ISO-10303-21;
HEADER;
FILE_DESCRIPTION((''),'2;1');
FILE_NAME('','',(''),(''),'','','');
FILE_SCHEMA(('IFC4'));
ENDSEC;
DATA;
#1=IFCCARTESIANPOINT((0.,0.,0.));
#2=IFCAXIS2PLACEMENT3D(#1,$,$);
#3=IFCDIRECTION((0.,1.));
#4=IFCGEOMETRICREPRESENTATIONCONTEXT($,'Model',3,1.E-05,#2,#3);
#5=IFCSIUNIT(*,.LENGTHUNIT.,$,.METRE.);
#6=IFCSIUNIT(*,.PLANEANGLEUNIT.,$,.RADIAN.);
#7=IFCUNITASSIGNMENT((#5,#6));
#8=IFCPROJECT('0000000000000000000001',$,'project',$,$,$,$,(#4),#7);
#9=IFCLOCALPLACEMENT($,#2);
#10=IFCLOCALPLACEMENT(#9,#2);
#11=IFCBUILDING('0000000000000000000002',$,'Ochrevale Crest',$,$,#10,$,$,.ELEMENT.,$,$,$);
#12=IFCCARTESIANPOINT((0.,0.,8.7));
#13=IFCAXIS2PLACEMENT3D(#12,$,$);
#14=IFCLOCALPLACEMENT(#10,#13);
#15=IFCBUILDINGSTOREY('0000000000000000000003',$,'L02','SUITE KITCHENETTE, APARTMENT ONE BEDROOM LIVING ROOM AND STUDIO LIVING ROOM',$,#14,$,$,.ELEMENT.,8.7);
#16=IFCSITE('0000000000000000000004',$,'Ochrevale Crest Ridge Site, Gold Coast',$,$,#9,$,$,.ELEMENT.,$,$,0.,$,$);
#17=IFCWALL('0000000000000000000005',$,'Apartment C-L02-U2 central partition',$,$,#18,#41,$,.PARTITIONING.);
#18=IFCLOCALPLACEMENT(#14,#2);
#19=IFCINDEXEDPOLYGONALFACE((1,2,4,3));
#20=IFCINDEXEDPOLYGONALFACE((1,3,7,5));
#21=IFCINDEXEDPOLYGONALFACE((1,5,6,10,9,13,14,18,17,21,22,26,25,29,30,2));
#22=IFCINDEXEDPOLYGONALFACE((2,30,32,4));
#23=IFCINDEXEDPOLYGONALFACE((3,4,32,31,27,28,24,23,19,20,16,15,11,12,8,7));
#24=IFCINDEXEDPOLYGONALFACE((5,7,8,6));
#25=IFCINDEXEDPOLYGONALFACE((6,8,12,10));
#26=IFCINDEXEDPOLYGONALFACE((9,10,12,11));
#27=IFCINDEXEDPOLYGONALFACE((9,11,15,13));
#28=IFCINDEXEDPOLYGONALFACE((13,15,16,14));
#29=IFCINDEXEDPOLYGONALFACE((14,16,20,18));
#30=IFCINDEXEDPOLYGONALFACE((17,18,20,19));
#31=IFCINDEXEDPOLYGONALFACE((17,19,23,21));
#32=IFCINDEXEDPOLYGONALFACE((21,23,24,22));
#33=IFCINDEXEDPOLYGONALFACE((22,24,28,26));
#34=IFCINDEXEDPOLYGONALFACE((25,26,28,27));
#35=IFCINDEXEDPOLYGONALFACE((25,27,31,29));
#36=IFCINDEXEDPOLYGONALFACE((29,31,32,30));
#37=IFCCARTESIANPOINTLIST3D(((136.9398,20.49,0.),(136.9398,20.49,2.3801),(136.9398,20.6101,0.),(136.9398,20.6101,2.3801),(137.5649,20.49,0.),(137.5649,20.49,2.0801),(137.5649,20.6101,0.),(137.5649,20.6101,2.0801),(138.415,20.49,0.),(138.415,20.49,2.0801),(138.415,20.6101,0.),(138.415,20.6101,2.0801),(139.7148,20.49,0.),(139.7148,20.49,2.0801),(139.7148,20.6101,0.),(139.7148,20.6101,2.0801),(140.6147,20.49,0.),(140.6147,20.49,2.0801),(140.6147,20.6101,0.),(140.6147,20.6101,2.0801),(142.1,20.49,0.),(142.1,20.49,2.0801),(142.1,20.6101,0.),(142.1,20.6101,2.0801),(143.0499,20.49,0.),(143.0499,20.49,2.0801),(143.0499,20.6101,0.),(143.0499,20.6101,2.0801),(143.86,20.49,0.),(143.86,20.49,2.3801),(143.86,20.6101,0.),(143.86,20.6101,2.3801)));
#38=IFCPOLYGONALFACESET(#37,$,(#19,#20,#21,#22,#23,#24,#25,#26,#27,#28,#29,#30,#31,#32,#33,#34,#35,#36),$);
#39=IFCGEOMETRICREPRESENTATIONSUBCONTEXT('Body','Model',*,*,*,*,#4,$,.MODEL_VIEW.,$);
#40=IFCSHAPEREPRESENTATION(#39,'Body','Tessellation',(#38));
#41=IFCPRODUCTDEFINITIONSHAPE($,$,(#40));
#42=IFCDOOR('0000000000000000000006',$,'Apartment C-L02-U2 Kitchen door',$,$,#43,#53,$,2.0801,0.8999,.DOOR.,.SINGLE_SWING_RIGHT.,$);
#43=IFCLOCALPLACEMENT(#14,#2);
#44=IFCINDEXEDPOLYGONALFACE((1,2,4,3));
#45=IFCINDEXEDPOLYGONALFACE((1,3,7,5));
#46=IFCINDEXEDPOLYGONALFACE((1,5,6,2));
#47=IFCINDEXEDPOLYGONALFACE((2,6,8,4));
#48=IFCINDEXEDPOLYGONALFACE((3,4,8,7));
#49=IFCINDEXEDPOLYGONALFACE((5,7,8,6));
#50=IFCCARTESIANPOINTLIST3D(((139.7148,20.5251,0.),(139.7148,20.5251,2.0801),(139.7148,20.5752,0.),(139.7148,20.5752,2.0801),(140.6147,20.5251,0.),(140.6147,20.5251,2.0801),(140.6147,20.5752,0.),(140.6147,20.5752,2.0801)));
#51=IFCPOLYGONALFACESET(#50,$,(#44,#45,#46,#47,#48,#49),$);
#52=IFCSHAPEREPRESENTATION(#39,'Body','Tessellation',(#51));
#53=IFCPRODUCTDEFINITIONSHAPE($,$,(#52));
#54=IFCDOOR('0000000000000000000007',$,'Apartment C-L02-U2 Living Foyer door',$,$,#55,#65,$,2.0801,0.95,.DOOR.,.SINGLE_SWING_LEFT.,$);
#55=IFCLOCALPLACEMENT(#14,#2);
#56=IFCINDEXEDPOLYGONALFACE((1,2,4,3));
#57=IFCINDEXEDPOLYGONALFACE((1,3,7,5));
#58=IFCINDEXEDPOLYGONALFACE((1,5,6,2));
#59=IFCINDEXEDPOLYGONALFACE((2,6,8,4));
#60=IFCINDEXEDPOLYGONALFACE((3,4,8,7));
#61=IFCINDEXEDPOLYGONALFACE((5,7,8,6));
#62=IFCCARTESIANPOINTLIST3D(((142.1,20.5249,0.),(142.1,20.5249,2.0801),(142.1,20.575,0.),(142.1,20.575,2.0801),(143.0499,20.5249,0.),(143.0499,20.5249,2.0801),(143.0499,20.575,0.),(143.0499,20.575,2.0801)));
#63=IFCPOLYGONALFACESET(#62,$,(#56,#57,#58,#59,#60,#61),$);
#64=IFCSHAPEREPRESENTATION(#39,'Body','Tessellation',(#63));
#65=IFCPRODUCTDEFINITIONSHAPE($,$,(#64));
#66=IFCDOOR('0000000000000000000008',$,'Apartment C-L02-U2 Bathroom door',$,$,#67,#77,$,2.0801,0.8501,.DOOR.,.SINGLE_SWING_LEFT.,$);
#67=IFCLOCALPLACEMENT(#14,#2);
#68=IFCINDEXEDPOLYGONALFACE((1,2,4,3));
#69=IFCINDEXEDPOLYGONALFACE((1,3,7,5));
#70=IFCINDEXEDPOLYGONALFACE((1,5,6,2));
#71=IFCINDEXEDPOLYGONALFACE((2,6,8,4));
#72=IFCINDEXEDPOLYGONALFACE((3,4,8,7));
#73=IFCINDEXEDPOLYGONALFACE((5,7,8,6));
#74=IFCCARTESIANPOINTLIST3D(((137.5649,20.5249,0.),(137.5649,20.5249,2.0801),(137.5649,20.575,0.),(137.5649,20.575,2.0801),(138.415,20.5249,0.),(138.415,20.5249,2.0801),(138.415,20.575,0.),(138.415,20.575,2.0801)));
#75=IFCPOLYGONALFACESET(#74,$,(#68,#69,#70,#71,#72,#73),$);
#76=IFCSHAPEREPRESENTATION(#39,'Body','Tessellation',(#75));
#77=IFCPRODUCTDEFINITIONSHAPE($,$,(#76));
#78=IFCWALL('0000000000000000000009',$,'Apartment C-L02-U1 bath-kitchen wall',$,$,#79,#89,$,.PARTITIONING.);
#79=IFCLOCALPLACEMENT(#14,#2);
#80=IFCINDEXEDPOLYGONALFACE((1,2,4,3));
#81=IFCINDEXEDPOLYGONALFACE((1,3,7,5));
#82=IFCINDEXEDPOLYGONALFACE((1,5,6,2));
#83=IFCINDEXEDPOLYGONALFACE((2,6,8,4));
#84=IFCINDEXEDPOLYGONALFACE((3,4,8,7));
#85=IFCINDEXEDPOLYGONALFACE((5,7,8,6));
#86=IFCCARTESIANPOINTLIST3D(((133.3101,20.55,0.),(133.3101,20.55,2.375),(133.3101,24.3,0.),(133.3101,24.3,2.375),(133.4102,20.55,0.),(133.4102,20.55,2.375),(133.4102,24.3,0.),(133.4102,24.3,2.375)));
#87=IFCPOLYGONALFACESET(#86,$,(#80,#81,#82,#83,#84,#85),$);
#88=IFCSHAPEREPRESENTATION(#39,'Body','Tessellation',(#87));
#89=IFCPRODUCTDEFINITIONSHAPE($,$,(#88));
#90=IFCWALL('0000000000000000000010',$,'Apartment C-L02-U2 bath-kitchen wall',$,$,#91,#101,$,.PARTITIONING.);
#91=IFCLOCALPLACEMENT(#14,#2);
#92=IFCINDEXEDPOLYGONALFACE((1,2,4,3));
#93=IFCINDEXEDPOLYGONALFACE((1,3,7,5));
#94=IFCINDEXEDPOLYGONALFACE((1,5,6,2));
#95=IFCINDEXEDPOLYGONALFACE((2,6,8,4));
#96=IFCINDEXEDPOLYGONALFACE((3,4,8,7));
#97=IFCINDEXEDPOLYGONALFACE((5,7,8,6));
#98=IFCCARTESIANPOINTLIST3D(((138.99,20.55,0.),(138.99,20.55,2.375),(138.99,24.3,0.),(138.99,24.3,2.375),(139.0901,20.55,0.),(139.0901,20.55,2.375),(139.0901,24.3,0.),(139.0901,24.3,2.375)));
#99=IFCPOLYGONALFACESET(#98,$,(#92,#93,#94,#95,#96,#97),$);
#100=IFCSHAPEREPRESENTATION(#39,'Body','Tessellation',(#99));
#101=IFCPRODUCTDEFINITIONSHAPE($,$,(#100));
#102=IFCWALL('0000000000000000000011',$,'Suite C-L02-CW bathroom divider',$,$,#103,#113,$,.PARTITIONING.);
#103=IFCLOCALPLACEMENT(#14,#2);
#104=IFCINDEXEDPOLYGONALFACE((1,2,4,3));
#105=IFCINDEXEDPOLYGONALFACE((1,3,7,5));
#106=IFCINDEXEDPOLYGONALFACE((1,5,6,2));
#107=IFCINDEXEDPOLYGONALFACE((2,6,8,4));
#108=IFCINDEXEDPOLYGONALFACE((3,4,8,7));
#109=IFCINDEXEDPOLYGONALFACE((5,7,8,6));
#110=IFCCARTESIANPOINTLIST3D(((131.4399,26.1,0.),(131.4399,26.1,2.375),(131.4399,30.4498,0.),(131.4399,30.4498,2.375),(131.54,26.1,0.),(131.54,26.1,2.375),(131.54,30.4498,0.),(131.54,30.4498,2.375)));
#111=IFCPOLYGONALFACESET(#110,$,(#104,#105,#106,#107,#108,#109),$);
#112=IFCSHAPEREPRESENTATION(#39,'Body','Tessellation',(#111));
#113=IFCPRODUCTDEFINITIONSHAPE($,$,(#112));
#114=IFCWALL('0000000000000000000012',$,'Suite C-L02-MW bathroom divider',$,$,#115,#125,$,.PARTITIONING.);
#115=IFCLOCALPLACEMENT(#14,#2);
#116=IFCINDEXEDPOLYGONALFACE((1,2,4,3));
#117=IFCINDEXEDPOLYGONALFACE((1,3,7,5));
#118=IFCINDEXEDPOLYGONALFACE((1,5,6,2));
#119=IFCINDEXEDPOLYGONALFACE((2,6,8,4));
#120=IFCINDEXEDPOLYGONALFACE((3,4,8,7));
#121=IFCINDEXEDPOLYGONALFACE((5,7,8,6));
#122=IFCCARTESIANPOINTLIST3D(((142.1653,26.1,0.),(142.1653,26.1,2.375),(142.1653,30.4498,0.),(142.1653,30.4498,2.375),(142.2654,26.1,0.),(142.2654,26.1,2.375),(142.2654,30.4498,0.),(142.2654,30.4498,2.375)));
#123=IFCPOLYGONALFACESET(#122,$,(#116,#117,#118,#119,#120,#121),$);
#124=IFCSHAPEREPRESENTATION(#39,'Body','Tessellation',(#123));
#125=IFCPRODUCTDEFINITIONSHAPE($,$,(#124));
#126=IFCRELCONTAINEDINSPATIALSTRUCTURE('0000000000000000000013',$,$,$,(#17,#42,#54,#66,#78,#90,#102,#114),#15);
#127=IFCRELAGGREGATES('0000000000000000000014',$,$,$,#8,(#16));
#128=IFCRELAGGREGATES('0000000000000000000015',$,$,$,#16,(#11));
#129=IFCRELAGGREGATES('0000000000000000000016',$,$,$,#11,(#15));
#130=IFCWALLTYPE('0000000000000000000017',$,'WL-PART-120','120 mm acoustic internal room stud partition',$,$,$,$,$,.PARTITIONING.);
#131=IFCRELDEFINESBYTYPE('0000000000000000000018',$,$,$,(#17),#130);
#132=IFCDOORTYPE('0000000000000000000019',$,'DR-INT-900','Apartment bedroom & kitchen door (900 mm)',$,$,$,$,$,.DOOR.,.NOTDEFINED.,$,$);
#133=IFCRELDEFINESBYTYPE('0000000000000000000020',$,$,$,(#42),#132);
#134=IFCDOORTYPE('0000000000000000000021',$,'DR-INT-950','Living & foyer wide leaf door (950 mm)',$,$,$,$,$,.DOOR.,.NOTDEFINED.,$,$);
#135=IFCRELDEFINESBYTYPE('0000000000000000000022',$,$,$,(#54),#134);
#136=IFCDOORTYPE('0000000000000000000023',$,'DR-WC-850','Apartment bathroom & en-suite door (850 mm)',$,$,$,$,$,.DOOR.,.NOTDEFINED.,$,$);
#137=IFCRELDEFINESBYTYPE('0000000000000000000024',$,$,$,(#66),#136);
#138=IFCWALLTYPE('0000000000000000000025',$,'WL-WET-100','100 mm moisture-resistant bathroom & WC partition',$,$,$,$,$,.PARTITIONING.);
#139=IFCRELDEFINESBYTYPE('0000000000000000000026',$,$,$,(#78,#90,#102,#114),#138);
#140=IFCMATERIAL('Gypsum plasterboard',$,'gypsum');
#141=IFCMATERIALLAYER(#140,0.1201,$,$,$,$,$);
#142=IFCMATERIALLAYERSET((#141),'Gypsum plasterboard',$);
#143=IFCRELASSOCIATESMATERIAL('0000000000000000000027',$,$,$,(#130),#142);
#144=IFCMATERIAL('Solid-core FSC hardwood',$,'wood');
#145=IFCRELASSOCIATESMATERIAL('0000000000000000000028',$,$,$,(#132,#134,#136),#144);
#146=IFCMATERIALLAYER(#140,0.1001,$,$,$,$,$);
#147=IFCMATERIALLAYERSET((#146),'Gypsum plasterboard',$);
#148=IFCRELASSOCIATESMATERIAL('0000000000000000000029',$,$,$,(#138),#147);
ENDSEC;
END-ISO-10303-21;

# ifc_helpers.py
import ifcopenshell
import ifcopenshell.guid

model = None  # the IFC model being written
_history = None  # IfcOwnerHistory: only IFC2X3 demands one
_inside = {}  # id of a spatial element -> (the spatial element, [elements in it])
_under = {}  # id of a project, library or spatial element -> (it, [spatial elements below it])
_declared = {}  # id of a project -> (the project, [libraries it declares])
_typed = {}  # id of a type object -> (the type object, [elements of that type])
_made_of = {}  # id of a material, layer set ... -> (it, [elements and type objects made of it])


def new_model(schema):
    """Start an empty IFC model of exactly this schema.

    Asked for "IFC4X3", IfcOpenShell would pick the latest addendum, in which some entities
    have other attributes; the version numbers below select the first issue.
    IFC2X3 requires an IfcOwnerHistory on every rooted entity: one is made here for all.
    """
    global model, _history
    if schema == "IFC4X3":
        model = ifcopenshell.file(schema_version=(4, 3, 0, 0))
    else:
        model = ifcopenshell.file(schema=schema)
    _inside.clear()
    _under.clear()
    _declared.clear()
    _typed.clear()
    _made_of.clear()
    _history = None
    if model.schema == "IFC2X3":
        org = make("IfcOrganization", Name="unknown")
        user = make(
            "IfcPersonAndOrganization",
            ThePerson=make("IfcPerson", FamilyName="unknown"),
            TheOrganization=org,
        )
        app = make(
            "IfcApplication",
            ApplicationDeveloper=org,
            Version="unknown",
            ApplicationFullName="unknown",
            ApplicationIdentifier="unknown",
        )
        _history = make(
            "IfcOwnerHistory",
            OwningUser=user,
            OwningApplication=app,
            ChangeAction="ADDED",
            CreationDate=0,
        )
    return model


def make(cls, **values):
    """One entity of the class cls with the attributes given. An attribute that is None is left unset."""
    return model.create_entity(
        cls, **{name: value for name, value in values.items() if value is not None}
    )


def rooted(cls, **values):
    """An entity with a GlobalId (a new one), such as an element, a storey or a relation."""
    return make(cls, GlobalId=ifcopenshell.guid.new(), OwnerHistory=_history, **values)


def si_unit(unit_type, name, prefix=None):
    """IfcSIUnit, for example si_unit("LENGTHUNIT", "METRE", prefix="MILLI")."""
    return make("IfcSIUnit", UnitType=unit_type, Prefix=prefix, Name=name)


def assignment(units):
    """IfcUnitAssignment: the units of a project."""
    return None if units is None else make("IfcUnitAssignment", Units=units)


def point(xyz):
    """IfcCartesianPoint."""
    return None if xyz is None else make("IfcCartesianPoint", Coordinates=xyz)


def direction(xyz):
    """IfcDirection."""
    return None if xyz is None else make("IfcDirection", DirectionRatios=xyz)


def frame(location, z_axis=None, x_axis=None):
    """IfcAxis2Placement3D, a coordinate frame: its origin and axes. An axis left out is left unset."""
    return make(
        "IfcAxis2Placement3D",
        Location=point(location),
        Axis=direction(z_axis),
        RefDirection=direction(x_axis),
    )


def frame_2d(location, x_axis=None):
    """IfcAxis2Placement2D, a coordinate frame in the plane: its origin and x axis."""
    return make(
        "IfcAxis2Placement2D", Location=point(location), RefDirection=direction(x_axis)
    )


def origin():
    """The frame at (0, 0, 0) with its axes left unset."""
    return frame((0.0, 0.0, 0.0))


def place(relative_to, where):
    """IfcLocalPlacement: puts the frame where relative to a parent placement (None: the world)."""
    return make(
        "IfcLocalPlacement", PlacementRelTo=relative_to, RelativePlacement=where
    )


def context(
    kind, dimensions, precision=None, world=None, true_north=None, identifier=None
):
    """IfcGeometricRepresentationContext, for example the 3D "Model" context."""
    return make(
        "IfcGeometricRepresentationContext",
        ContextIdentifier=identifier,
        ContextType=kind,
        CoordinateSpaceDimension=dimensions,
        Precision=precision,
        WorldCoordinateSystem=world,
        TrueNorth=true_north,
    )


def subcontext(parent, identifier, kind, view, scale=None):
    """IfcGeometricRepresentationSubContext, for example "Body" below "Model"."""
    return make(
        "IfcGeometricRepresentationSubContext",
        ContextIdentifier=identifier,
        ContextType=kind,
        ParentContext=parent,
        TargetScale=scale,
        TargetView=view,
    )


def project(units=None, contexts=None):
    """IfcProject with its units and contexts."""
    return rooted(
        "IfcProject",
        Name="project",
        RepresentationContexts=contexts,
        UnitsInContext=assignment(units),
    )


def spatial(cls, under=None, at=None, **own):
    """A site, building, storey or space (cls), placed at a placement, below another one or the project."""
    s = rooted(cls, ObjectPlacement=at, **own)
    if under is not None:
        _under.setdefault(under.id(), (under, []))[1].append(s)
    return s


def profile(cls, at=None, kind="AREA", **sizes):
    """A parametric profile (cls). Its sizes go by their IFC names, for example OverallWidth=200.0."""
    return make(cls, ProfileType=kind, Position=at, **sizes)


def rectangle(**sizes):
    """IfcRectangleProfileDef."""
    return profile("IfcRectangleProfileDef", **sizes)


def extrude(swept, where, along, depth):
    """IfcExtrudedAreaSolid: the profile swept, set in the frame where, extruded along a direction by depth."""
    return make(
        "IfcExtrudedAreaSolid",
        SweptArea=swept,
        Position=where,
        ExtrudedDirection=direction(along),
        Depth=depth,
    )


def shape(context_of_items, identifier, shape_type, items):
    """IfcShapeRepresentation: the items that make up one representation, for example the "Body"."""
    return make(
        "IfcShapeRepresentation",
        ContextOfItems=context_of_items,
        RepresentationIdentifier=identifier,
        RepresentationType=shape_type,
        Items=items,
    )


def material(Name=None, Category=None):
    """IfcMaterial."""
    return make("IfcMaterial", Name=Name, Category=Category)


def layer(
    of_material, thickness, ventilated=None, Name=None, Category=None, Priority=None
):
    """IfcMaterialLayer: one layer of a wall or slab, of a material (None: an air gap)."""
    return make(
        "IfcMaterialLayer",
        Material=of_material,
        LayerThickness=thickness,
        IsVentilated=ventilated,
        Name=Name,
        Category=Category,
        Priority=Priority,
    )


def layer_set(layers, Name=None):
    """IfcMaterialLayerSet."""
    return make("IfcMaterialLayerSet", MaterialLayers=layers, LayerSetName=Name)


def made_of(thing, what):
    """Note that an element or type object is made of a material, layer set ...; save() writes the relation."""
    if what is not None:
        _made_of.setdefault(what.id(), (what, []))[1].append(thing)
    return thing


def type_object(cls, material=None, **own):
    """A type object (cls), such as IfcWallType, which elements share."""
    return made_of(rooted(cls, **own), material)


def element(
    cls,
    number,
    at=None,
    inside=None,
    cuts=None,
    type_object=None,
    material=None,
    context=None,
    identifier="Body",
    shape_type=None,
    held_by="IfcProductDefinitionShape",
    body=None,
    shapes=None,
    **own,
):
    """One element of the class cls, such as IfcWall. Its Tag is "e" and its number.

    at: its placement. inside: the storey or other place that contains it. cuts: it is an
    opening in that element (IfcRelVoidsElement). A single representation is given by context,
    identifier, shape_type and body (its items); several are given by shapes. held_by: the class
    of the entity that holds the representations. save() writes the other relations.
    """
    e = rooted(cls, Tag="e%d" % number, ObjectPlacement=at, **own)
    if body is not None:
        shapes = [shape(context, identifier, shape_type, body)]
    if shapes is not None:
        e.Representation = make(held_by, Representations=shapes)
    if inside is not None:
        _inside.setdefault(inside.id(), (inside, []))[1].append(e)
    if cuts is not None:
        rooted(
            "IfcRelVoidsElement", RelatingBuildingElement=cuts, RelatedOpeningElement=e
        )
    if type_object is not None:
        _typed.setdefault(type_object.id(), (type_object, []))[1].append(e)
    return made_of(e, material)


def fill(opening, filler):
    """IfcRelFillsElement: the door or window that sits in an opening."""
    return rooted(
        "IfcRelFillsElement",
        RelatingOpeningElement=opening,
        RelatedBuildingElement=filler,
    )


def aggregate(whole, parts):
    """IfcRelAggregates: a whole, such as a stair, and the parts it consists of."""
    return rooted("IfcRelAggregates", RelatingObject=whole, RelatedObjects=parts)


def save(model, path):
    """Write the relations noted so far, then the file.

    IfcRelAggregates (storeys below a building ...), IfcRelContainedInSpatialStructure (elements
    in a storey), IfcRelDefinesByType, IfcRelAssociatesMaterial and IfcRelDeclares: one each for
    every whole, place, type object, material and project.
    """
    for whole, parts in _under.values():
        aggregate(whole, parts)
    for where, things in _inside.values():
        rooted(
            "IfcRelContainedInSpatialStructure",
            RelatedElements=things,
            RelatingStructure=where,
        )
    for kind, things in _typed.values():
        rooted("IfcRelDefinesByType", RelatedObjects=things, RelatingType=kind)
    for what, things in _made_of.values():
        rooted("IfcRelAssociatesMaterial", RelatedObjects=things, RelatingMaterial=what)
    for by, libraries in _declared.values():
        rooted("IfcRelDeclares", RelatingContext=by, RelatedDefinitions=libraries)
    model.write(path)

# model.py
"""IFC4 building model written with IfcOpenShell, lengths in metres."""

from ifc_helpers import new_model, si_unit, direction, frame, frame_2d, origin, place, context, subcontext, project, spatial, rectangle, extrude, material, layer, layer_set, type_object, element, fill, save


model = new_model("IFC4")

# Units and contexts
model_context = context("Model", 3, precision=1e-05, world=origin(), true_north=direction((0.0, 1.0)))
body_context = subcontext(model_context, "Body", "Model", "MODEL_VIEW")
ifc_project = project(units=[si_unit("LENGTHUNIT", "METRE"), si_unit("PLANEANGLEUNIT", "RADIAN")], contexts=[model_context])

# Site, building, storey
site_placement = place(None, origin())
site = spatial("IfcSite", under=ifc_project, at=site_placement, Name="Ochrevale Crest Ridge Site, Gold Coast", CompositionType="ELEMENT", RefElevation=0.0)
building_placement = place(site_placement, origin())
building = spatial("IfcBuilding", under=site, at=building_placement, Name="Ochrevale Crest", CompositionType="ELEMENT")
storey_placement = place(building_placement, frame((0.0, 0.0, 8.7)))
storey = spatial("IfcBuildingStorey", under=building, at=storey_placement, Name="L02", Description="SUITE KITCHENETTE, APARTMENT ONE BEDROOM LIVING ROOM AND STUDIO LIVING ROOM", CompositionType="ELEMENT", Elevation=8.7)

# Shared definitions
ifc_material_1 = material(Name="Gypsum plasterboard", Category="gypsum")
ifc_material_2 = material(Name="Solid-core FSC hardwood", Category="wood")

# Shared definitions
ifc_layer_1 = layer(ifc_material_1, 0.1201)
ifc_layer_set_1 = layer_set([ifc_layer_1], Name="Gypsum plasterboard")
wall_type_1 = type_object("IfcWallType", Name="WL-PART-120", Description="120 mm acoustic internal room stud partition", PredefinedType="PARTITIONING", material=ifc_layer_set_1)

# Wall, openings, doors
wall_1_placement = place(storey_placement, frame((136.9399, 20.55, 0.0), z_axis=(0.0, 0.0, 1.0), x_axis=(1.0, 0.0, 0.0)))
wall_1 = element("IfcWall", 1, at=wall_1_placement, inside=storey, type_object=wall_type_1, Name="Apartment C-L02-U2 central partition", PredefinedType="PARTITIONING", context=body_context, shape_type="SweptSolid", body=[
    extrude(rectangle(XDim=6.9202, YDim=0.1201, at=frame_2d((3.46, 0.0))), origin(), (0.0, 0.0, 1.0), 2.3801),
])
opening_1_placement = place(wall_1_placement, frame((0.625, 0.0, 0.0)))
opening_1 = element("IfcOpeningElement", 2, at=opening_1_placement, cuts=wall_1, PredefinedType="OPENING", context=body_context, shape_type="SweptSolid", body=[
    extrude(rectangle(XDim=0.8501, YDim=2.0801, at=frame_2d((0.425, 1.04))), frame((0.0, 0.0701, 0.0), z_axis=(0.0, -1.0, 0.0), x_axis=(1.0, 0.0, 0.0)), (0.0, 0.0, 1.0), 0.1401),
])
opening_2_placement = place(wall_1_placement, frame((3.6748, 0.0, 0.0), z_axis=(0.0, 0.0, 1.0), x_axis=(-1.0, 0.0, 0.0)))
opening_2 = element("IfcOpeningElement", 3, at=opening_2_placement, cuts=wall_1, PredefinedType="OPENING", context=body_context, shape_type="SweptSolid", body=[
    extrude(rectangle(XDim=0.8999, YDim=2.0801, at=frame_2d((0.45, 1.04))), frame((0.0, 0.0701, 0.0), z_axis=(0.0, -1.0, 0.0), x_axis=(1.0, 0.0, 0.0)), (0.0, 0.0, 1.0), 0.1401),
])
opening_3_placement = place(wall_1_placement, frame((5.1599, 0.0, 0.0)))
opening_3 = element("IfcOpeningElement", 4, at=opening_3_placement, cuts=wall_1, PredefinedType="OPENING", context=body_context, shape_type="SweptSolid", body=[
    extrude(rectangle(XDim=0.95, YDim=2.0801, at=frame_2d((0.4751, 1.04))), frame((0.0, 0.0701, 0.0), z_axis=(0.0, -1.0, 0.0), x_axis=(1.0, 0.0, 0.0)), (0.0, 0.0, 1.0), 0.1401),
])
door_type_1 = type_object("IfcDoorType", Name="DR-INT-900", Description="Apartment bedroom & kitchen door (900 mm)", OperationType="NOTDEFINED", PredefinedType="DOOR", material=ifc_material_2)
door_1_placement = place(opening_2_placement, origin())
door_1 = element("IfcDoor", 5, at=door_1_placement, inside=storey, type_object=door_type_1, Name="Apartment C-L02-U2 Kitchen door", OperationType="SINGLE_SWING_RIGHT", OverallHeight=2.0801, OverallWidth=0.8999, PredefinedType="DOOR", context=body_context, shape_type="SweptSolid", body=[
    extrude(rectangle(XDim=0.8999, YDim=2.0801, at=frame_2d((0.45, 1.04))), frame((0.0, 0.0249, 0.0), z_axis=(0.0, -1.0, 0.0), x_axis=(1.0, 0.0, 0.0)), (0.0, 0.0, 1.0), 0.05),
])
fill(opening_2, door_1)
door_type_2 = type_object("IfcDoorType", Name="DR-INT-950", Description="Living & foyer wide leaf door (950 mm)", OperationType="NOTDEFINED", PredefinedType="DOOR", material=ifc_material_2)
door_2_placement = place(opening_3_placement, origin())
door_2 = element("IfcDoor", 6, at=door_2_placement, inside=storey, type_object=door_type_2, Name="Apartment C-L02-U2 Living Foyer door", OperationType="SINGLE_SWING_LEFT", OverallHeight=2.0801, OverallWidth=0.95, PredefinedType="DOOR", context=body_context, shape_type="SweptSolid", body=[
    extrude(rectangle(XDim=0.95, YDim=2.0801, at=frame_2d((0.4751, 1.04))), frame((0.0, 0.0249, 0.0), z_axis=(0.0, -1.0, 0.0), x_axis=(1.0, 0.0, 0.0)), (0.0, 0.0, 1.0), 0.05),
])
fill(opening_3, door_2)
door_type_3 = type_object("IfcDoorType", Name="DR-WC-850", Description="Apartment bathroom & en-suite door (850 mm)", OperationType="NOTDEFINED", PredefinedType="DOOR", material=ifc_material_2)
door_3_placement = place(opening_1_placement, origin())
door_3 = element("IfcDoor", 7, at=door_3_placement, inside=storey, type_object=door_type_3, Name="Apartment C-L02-U2 Bathroom door", OperationType="SINGLE_SWING_LEFT", OverallHeight=2.0801, OverallWidth=0.8501, PredefinedType="DOOR", context=body_context, shape_type="SweptSolid", body=[
    extrude(rectangle(XDim=0.8501, YDim=2.0801, at=frame_2d((0.425, 1.04))), frame((0.0, 0.0249, 0.0), z_axis=(0.0, -1.0, 0.0), x_axis=(1.0, 0.0, 0.0)), (0.0, 0.0, 1.0), 0.05),
])
fill(opening_1, door_3)

# Walls
ifc_layer_2 = layer(ifc_material_1, 0.1001)
ifc_layer_set_2 = layer_set([ifc_layer_2], Name="Gypsum plasterboard")
wall_type_2 = type_object("IfcWallType", Name="WL-WET-100", Description="100 mm moisture-resistant bathroom & WC partition", PredefinedType="PARTITIONING", material=ifc_layer_set_2)
for number, where, z_axis, x_axis, name in (
    (8, (133.3601, 20.55, 0.0), (0.0, 0.0, 1.0), (0.0, 1.0, 0.0), "Apartment C-L02-U1 bath-kitchen wall"),
    (9, (139.04, 20.55, 0.0), (0.0, 0.0, 1.0), (0.0, 1.0, 0.0), "Apartment C-L02-U2 bath-kitchen wall"),
):
    element("IfcWall", number, at=place(storey_placement, frame(where, z_axis=z_axis, x_axis=x_axis)), inside=storey, type_object=wall_type_2, Name=name, PredefinedType="PARTITIONING", context=body_context, shape_type="SweptSolid", body=[
        extrude(rectangle(XDim=3.75, YDim=0.1001, at=frame_2d((1.875, 0.0))), origin(), (0.0, 0.0, 1.0), 2.375),
    ])
for number, where, z_axis, x_axis, name in (
    (10, (131.49, 26.1001, 0.0), (0.0, 0.0, 1.0), (0.0, 1.0, 0.0), "Suite C-L02-CW bathroom divider"),
    (11, (142.2153, 26.1001, 0.0), (0.0, 0.0, 1.0), (0.0, 1.0, 0.0), "Suite C-L02-MW bathroom divider"),
):
    element("IfcWall", number, at=place(storey_placement, frame(where, z_axis=z_axis, x_axis=x_axis)), inside=storey, type_object=wall_type_2, Name=name, PredefinedType="PARTITIONING", context=body_context, shape_type="SweptSolid", body=[
        extrude(rectangle(XDim=4.3499, YDim=0.1001, at=frame_2d((2.1748, 0.0))), origin(), (0.0, 0.0, 1.0), 2.375),
    ])

save(model, "model.ifc")
